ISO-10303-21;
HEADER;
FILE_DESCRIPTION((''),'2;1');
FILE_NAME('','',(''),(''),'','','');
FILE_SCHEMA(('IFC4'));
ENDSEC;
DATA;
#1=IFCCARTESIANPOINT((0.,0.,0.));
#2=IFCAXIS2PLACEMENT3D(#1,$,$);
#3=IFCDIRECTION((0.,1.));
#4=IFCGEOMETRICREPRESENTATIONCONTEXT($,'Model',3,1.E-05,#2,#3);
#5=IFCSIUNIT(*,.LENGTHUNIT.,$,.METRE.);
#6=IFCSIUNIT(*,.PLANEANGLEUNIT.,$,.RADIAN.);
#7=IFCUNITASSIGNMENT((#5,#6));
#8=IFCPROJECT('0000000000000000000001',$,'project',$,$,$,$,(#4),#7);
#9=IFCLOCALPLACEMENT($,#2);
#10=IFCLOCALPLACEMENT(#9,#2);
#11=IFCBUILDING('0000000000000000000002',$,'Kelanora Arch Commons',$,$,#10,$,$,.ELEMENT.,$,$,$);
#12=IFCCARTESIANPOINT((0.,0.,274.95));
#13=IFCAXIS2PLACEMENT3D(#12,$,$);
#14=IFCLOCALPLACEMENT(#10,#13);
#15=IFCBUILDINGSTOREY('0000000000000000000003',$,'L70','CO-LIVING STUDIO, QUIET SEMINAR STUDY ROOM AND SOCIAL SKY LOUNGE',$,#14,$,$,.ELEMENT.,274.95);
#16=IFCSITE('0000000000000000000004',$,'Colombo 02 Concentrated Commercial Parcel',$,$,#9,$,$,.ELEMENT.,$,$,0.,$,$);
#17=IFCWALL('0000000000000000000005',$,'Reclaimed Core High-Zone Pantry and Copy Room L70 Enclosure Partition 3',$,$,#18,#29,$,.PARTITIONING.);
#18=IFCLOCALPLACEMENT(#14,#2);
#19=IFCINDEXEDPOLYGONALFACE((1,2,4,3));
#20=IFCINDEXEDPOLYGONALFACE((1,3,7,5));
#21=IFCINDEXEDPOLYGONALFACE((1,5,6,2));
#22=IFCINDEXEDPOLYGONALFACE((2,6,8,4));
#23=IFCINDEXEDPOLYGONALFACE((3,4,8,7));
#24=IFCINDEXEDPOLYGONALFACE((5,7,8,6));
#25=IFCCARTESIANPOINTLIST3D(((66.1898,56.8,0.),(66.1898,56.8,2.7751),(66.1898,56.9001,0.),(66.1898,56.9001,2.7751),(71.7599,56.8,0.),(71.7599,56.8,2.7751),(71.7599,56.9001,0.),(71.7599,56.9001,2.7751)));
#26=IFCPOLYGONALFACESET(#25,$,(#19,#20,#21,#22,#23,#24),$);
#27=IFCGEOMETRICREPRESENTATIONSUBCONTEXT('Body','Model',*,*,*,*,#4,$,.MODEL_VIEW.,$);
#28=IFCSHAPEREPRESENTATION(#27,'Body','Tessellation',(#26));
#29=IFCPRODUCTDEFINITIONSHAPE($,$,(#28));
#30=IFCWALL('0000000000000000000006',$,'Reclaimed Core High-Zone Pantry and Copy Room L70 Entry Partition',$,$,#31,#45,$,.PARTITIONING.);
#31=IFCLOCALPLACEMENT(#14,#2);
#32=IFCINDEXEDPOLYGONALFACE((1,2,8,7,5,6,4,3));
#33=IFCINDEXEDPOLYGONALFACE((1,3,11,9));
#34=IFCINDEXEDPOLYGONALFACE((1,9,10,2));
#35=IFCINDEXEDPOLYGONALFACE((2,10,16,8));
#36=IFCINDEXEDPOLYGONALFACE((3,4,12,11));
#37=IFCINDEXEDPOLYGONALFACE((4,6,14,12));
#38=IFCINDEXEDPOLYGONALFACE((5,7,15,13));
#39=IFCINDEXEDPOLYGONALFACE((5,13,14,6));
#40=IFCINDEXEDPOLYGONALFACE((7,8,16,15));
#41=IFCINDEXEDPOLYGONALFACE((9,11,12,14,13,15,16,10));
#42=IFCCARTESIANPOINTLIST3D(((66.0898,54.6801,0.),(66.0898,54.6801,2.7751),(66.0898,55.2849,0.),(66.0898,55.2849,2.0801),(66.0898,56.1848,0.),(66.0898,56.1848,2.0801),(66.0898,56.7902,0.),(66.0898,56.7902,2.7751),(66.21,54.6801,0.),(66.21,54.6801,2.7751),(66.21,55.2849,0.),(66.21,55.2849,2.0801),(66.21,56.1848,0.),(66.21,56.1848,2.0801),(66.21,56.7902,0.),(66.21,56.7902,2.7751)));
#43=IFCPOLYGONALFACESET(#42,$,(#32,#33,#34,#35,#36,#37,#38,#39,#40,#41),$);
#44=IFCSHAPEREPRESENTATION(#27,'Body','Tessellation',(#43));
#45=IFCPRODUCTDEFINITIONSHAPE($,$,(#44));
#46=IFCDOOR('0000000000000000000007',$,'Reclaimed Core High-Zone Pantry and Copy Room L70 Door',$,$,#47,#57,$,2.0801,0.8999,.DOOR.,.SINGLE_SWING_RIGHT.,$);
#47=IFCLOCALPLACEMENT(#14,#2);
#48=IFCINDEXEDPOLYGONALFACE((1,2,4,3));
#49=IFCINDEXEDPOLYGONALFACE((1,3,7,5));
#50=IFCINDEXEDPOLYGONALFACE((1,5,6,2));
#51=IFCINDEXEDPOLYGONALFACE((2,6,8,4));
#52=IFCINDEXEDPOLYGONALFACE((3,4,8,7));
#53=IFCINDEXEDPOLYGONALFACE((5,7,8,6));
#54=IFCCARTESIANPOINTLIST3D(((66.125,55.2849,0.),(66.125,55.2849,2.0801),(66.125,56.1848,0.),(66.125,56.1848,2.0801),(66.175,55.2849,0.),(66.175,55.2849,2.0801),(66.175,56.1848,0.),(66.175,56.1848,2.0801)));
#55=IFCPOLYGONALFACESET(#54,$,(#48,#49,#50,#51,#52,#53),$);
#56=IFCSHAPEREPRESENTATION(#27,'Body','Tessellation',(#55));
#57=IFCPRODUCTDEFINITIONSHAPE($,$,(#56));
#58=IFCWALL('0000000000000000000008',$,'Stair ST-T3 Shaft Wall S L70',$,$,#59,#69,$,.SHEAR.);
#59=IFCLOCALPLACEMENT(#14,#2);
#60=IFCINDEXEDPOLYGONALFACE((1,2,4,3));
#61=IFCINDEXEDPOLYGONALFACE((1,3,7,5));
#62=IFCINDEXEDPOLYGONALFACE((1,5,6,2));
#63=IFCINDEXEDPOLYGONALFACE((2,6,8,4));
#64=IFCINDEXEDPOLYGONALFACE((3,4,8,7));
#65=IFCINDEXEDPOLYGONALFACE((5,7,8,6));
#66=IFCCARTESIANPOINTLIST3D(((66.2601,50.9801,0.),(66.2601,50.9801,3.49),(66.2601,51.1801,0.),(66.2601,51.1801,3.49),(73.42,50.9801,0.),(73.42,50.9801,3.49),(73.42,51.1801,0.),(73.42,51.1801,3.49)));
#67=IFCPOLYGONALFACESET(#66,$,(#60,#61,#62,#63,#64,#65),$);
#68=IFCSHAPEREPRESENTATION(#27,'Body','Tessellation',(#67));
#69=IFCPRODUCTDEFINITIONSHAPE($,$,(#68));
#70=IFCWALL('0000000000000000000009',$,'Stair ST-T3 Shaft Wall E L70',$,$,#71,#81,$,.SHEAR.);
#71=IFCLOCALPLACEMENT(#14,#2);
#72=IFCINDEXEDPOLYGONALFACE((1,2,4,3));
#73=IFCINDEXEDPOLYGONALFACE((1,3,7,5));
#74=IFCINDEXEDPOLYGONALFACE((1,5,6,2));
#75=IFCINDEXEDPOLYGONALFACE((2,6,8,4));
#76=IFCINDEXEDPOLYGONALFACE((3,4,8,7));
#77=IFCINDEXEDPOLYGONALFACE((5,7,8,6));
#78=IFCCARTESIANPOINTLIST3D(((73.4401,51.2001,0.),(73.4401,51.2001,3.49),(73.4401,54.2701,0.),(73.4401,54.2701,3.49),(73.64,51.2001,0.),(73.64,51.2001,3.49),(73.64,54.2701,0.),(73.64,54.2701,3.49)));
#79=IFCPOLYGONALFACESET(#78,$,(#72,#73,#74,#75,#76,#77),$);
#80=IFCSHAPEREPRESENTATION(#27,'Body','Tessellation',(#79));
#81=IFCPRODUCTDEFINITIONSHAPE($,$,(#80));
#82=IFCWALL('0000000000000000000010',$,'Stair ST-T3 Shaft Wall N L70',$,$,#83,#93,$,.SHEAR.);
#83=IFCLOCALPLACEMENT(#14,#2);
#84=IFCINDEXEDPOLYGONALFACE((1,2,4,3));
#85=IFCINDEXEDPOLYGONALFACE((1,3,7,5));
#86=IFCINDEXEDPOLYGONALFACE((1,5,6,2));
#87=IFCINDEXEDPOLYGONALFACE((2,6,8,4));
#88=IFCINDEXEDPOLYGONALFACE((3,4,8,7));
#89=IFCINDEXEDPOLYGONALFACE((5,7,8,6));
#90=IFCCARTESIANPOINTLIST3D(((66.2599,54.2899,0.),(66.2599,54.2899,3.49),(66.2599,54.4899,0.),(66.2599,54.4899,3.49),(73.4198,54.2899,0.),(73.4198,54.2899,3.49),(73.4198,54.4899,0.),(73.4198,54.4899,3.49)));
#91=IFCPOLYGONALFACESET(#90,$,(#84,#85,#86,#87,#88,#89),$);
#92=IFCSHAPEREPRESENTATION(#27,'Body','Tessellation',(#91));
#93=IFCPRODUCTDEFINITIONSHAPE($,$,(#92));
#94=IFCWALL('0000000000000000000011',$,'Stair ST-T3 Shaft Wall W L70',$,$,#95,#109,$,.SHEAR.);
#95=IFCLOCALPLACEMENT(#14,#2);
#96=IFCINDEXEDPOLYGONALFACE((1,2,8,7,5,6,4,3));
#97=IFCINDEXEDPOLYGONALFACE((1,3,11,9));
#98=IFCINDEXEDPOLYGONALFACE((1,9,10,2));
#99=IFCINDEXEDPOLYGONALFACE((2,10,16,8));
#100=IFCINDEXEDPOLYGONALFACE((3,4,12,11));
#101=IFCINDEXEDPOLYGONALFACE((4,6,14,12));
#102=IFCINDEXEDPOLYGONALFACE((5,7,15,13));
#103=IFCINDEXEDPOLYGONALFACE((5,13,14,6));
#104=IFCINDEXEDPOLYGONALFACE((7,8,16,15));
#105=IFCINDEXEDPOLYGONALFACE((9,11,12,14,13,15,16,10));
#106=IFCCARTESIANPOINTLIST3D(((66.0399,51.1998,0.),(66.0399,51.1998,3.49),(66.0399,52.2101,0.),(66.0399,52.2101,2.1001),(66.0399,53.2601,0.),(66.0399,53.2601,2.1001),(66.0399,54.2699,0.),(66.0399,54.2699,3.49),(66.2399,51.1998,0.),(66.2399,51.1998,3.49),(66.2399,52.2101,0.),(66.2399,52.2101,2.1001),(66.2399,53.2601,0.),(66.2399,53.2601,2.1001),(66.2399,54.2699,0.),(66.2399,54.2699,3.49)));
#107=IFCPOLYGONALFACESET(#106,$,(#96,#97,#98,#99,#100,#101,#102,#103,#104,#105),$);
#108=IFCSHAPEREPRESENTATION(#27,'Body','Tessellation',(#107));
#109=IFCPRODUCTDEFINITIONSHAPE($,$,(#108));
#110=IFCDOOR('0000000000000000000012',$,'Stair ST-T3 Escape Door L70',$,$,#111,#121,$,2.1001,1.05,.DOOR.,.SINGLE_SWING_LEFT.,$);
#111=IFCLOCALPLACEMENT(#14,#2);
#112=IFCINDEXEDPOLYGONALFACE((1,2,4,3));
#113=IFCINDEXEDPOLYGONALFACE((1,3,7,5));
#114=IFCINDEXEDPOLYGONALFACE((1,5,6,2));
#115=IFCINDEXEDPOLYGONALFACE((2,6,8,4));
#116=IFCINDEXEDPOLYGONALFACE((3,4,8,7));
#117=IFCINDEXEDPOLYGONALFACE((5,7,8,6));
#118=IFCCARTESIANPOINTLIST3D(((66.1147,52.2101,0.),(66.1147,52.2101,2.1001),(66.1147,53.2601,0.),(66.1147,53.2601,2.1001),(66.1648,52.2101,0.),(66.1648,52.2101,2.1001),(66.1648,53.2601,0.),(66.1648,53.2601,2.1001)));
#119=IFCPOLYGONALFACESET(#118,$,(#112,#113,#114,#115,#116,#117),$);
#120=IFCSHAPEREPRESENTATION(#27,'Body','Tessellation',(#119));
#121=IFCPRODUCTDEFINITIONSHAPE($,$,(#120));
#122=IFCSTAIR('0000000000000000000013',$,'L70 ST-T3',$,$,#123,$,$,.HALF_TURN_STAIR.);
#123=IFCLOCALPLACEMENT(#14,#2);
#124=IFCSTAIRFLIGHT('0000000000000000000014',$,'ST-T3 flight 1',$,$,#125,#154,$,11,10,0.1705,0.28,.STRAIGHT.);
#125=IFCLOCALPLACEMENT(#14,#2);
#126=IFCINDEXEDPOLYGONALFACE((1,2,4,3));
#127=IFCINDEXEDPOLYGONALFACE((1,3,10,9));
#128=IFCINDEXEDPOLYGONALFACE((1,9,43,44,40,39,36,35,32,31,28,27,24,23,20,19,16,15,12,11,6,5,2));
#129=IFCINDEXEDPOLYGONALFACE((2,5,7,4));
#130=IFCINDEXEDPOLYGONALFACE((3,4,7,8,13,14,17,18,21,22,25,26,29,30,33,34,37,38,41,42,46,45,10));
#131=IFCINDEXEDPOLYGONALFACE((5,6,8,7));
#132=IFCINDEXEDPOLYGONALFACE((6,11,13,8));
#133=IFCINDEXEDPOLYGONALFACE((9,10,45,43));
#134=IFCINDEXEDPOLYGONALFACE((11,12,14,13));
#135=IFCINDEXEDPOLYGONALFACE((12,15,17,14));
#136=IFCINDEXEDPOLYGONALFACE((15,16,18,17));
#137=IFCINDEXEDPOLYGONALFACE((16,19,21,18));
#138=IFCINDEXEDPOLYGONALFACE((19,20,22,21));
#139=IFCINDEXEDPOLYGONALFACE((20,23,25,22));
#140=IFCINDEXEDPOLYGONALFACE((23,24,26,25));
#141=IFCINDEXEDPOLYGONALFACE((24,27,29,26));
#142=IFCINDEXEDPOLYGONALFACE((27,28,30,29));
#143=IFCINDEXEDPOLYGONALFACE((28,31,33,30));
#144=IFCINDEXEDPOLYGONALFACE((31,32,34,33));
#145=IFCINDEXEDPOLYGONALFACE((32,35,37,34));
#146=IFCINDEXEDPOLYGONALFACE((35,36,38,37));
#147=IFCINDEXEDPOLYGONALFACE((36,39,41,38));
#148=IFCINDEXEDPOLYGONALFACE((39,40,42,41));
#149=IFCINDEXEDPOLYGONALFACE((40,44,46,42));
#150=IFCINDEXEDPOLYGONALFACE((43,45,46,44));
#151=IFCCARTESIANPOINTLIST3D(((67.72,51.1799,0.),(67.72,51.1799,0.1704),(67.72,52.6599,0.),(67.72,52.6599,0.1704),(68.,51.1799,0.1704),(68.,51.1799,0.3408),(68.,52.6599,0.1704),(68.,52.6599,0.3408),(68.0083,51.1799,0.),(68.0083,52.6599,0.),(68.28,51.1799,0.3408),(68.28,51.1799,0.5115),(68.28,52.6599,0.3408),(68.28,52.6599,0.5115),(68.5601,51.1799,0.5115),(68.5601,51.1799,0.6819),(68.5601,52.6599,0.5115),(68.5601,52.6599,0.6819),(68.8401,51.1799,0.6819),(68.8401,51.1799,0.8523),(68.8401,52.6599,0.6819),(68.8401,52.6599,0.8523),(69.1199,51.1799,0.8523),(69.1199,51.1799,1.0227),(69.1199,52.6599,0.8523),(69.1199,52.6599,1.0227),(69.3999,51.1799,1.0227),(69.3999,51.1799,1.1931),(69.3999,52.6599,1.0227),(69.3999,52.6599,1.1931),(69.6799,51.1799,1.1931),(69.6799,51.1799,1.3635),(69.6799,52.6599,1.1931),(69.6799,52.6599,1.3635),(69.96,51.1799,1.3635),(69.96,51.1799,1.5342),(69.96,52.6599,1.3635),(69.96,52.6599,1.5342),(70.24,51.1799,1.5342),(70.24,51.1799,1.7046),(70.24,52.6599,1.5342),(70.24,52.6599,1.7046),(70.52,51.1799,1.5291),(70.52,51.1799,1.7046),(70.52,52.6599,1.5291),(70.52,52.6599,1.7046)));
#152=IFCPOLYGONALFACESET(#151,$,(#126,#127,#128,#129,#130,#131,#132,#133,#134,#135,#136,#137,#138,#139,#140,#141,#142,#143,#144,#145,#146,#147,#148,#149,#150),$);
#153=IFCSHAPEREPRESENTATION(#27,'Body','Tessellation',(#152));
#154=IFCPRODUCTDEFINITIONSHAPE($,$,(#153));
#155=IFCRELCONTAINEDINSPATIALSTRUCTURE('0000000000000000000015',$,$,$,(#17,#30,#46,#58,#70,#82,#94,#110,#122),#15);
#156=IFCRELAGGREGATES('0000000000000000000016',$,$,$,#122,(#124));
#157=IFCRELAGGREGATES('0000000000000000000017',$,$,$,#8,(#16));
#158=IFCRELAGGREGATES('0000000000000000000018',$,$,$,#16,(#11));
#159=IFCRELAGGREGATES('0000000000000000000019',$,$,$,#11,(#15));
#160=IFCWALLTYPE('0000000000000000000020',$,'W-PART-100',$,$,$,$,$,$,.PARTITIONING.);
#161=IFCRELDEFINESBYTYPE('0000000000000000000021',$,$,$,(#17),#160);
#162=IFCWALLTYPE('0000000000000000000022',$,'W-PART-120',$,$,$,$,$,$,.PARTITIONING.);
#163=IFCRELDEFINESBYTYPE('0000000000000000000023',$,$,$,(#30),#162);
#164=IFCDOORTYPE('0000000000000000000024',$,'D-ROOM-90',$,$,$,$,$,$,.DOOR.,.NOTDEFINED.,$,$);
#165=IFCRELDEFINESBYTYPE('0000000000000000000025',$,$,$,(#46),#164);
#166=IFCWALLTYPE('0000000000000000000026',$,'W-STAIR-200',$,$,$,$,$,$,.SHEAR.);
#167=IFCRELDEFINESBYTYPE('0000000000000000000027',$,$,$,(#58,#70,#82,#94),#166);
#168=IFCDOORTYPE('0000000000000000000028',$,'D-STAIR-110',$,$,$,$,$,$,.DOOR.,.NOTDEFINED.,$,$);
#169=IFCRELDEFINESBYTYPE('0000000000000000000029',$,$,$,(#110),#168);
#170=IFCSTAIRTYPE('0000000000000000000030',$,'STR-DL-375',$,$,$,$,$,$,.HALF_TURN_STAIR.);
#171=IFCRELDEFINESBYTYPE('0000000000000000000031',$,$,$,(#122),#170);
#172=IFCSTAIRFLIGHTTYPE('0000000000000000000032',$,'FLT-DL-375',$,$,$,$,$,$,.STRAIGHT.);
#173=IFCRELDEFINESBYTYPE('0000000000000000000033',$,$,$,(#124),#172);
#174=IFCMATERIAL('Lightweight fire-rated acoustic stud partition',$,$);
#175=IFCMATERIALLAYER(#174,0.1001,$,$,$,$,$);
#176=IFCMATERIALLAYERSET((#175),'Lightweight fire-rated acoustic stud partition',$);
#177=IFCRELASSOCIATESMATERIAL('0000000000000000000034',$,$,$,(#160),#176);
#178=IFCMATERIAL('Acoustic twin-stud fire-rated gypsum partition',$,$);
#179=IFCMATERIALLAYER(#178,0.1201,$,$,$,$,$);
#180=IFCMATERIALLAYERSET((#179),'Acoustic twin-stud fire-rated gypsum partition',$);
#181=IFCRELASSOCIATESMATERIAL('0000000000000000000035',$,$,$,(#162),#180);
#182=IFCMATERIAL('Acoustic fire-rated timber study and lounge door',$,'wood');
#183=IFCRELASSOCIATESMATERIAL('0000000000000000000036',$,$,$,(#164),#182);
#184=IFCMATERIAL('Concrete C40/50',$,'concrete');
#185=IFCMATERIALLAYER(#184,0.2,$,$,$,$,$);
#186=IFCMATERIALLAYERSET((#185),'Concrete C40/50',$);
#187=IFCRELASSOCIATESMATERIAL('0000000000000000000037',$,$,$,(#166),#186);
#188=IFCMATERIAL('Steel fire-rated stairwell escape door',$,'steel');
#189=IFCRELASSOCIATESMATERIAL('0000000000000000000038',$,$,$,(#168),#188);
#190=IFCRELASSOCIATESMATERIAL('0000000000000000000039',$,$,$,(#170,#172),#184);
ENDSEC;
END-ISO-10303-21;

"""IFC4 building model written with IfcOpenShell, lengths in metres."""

from ifc_helpers import new_model, si_unit, direction, frame, frame_2d, origin, place, context, subcontext, project, spatial, polyline, rectangle, outline, extrude, material, layer, layer_set, type_object, element, fill, aggregate, save


model = new_model("IFC4")

# Units and contexts
model_context = context("Model", 3, precision=1e-05, world=origin(), true_north=direction((0.0, 1.0)))
body_context = subcontext(model_context, "Body", "Model", "MODEL_VIEW")
ifc_project = project(units=[si_unit("LENGTHUNIT", "METRE"), si_unit("PLANEANGLEUNIT", "RADIAN")], contexts=[model_context])

# Site, building, storey
site_placement = place(None, origin())
site = spatial("IfcSite", under=ifc_project, at=site_placement, Name="Colombo 02 Concentrated Commercial Parcel", CompositionType="ELEMENT", RefElevation=0.0)
building_placement = place(site_placement, origin())
building = spatial("IfcBuilding", under=site, at=building_placement, Name="Kelanora Arch Commons", CompositionType="ELEMENT")
storey_placement = place(building_placement, frame((0.0, 0.0, 274.95)))
storey = spatial("IfcBuildingStorey", under=building, at=storey_placement, Name="L70", Description="CO-LIVING STUDIO, QUIET SEMINAR STUDY ROOM AND SOCIAL SKY LOUNGE", CompositionType="ELEMENT", Elevation=274.95)

# Shared definitions
ifc_material_1 = material(Name="Concrete C40/50", Category="concrete")

# Wall
ifc_material_2 = material(Name="Lightweight fire-rated acoustic stud partition")
ifc_layer_1 = layer(ifc_material_2, 0.1001)
ifc_layer_set_1 = layer_set([ifc_layer_1], Name="Lightweight fire-rated acoustic stud partition")
wall_type_1 = type_object("IfcWallType", Name="W-PART-100", PredefinedType="PARTITIONING", material=ifc_layer_set_1)
wall_1_placement = place(storey_placement, frame((71.76, 56.8501, 0.0), z_axis=(0.0, 0.0, 1.0), x_axis=(-1.0, 0.0, 0.0)))
element("IfcWall", 1, at=wall_1_placement, inside=storey, type_object=wall_type_1, Name="Reclaimed Core High-Zone Pantry and Copy Room L70 Enclosure Partition 3", PredefinedType="PARTITIONING", context=body_context, shape_type="SweptSolid", body=[
    extrude(rectangle(XDim=5.5701, YDim=0.1001, at=frame_2d((2.7852, 0.0))), origin(), (0.0, 0.0, 1.0), 2.7751),
])

# Wall, opening, door
ifc_material_3 = material(Name="Acoustic twin-stud fire-rated gypsum partition")
ifc_layer_2 = layer(ifc_material_3, 0.1201)
ifc_layer_set_2 = layer_set([ifc_layer_2], Name="Acoustic twin-stud fire-rated gypsum partition")
wall_type_2 = type_object("IfcWallType", Name="W-PART-120", PredefinedType="PARTITIONING", material=ifc_layer_set_2)
wall_2_placement = place(storey_placement, frame((66.1499, 54.6799, 0.0), z_axis=(0.0, 0.0, 1.0), x_axis=(0.0, 1.0, 0.0)))
wall_2 = element("IfcWall", 2, at=wall_2_placement, inside=storey, type_object=wall_type_2, Name="Reclaimed Core High-Zone Pantry and Copy Room L70 Entry Partition", PredefinedType="PARTITIONING", context=body_context, shape_type="SweptSolid", body=[
    extrude(rectangle(XDim=2.1101, YDim=0.1201, at=frame_2d((1.0552, 0.0))), origin(), (0.0, 0.0, 1.0), 2.7751),
])
opening_1_placement = place(wall_2_placement, frame((0.605, 0.0, 0.0)))
opening_1 = element("IfcOpeningElement", 3, at=opening_1_placement, cuts=wall_2, PredefinedType="OPENING", context=body_context, shape_type="SweptSolid", body=[
    extrude(rectangle(XDim=0.8999, YDim=2.0801, at=frame_2d((0.45, 1.04))), frame((0.0, 0.0701, 0.0), z_axis=(0.0, -1.0, 0.0), x_axis=(1.0, 0.0, 0.0)), (0.0, 0.0, 1.0), 0.1401),
])
ifc_material_4 = material(Name="Acoustic fire-rated timber study and lounge door", Category="wood")
door_type_1 = type_object("IfcDoorType", Name="D-ROOM-90", OperationType="NOTDEFINED", PredefinedType="DOOR", material=ifc_material_4)
door_1_placement = place(opening_1_placement, origin())
door_1 = element("IfcDoor", 4, at=door_1_placement, inside=storey, type_object=door_type_1, Name="Reclaimed Core High-Zone Pantry and Copy Room L70 Door", OperationType="SINGLE_SWING_RIGHT", OverallHeight=2.0801, OverallWidth=0.8999, PredefinedType="DOOR", context=body_context, shape_type="SweptSolid", body=[
    extrude(rectangle(XDim=0.8999, YDim=2.0801, at=frame_2d((0.45, 1.04))), frame((0.0, 0.0249, 0.0), z_axis=(0.0, -1.0, 0.0), x_axis=(1.0, 0.0, 0.0)), (0.0, 0.0, 1.0), 0.05),
])
fill(opening_1, door_1)

# Walls
ifc_layer_3 = layer(ifc_material_1, 0.2)
ifc_layer_set_3 = layer_set([ifc_layer_3], Name="Concrete C40/50")
wall_type_3 = type_object("IfcWallType", Name="W-STAIR-200", PredefinedType="SHEAR", material=ifc_layer_set_3)
wall_3_placement = place(storey_placement, frame((66.26, 51.0801, 0.0), z_axis=(0.0, 0.0, 1.0), x_axis=(1.0, 0.0, 0.0)))
element("IfcWall", 5, at=wall_3_placement, inside=storey, type_object=wall_type_3, Name="Stair ST-T3 Shaft Wall S L70", PredefinedType="SHEAR", context=body_context, shape_type="SweptSolid", body=[
    extrude(rectangle(XDim=7.1599, YDim=0.2, at=frame_2d((3.5801, 0.0))), origin(), (0.0, 0.0, 1.0), 3.49),
])
wall_4_placement = place(storey_placement, frame((73.54, 51.2, 0.0), z_axis=(0.0, 0.0, 1.0), x_axis=(0.0, 1.0, 0.0)))
element("IfcWall", 6, at=wall_4_placement, inside=storey, type_object=wall_type_3, Name="Stair ST-T3 Shaft Wall E L70", PredefinedType="SHEAR", context=body_context, shape_type="SweptSolid", body=[
    extrude(rectangle(XDim=3.0701, YDim=0.2, at=frame_2d((1.5352, 0.0))), origin(), (0.0, 0.0, 1.0), 3.49),
])
wall_5_placement = place(storey_placement, frame((73.4199, 54.3899, 0.0), z_axis=(0.0, 0.0, 1.0), x_axis=(-1.0, 0.0, 0.0)))
element("IfcWall", 7, at=wall_5_placement, inside=storey, type_object=wall_type_3, Name="Stair ST-T3 Shaft Wall N L70", PredefinedType="SHEAR", context=body_context, shape_type="SweptSolid", body=[
    extrude(rectangle(XDim=7.1599, YDim=0.2, at=frame_2d((3.5801, 0.0))), origin(), (0.0, 0.0, 1.0), 3.49),
])

# Wall, opening, door
wall_6_placement = place(storey_placement, frame((66.1399, 54.27, 0.0), z_axis=(0.0, 0.0, 1.0), x_axis=(0.0, -1.0, 0.0)))
wall_6 = element("IfcWall", 8, at=wall_6_placement, inside=storey, type_object=wall_type_3, Name="Stair ST-T3 Shaft Wall W L70", PredefinedType="SHEAR", context=body_context, shape_type="SweptSolid", body=[
    extrude(rectangle(XDim=3.0701, YDim=0.2, at=frame_2d((1.5352, 0.0))), origin(), (0.0, 0.0, 1.0), 3.49),
])
opening_2_placement = place(wall_6_placement, frame((1.01, 0.0, 0.0)))
opening_2 = element("IfcOpeningElement", 9, at=opening_2_placement, cuts=wall_6, PredefinedType="OPENING", context=body_context, shape_type="SweptSolid", body=[
    extrude(rectangle(XDim=1.05, YDim=2.1001, at=frame_2d((0.5249, 1.05))), frame((0.0, 0.1099, 0.0), z_axis=(0.0, -1.0, 0.0), x_axis=(1.0, 0.0, 0.0)), (0.0, 0.0, 1.0), 0.22),
])
ifc_material_5 = material(Name="Steel fire-rated stairwell escape door", Category="steel")
door_type_2 = type_object("IfcDoorType", Name="D-STAIR-110", OperationType="NOTDEFINED", PredefinedType="DOOR", material=ifc_material_5)
door_2_placement = place(opening_2_placement, origin())
door_2 = element("IfcDoor", 10, at=door_2_placement, inside=storey, type_object=door_type_2, Name="Stair ST-T3 Escape Door L70", OperationType="SINGLE_SWING_LEFT", OverallHeight=2.1001, OverallWidth=1.05, PredefinedType="DOOR", context=body_context, shape_type="SweptSolid", body=[
    extrude(rectangle(XDim=1.05, YDim=2.1001, at=frame_2d((0.5249, 1.05))), frame((0.0, 0.0249, 0.0), z_axis=(0.0, -1.0, 0.0), x_axis=(1.0, 0.0, 0.0)), (0.0, 0.0, 1.0), 0.05),
])
fill(opening_2, door_2)

# Stair, stair flight
stair_type = type_object("IfcStairType", Name="STR-DL-375", PredefinedType="HALF_TURN_STAIR", material=ifc_material_1)
stair_placement = place(storey_placement, origin())
stair = element("IfcStair", 11, at=stair_placement, inside=storey, type_object=stair_type, Name="L70 ST-T3", PredefinedType="HALF_TURN_STAIR")
stair_flight_type = type_object("IfcStairFlightType", Name="FLT-DL-375", PredefinedType="STRAIGHT", material=ifc_material_1)
stair_flight_1_placement = place(storey_placement, frame((67.72, 51.9199, 0.0), z_axis=(0.0, 0.0, 1.0), x_axis=(1.0, 0.0, 0.0)))
stair_flight_1 = element("IfcStairFlight", 12, at=stair_flight_1_placement, type_object=stair_flight_type, Name="ST-T3 flight 1", NumberOfRisers=11, NumberOfTreads=10, PredefinedType="STRAIGHT", RiserHeight=0.1705, TreadLength=0.28, context=body_context, shape_type="SweptSolid", body=[
    extrude(outline(polyline([(0.0, 0.0), (0.0, 0.1704), (0.28, 0.1704), (0.28, 0.3408), (0.5601, 0.3408), (0.5601, 0.5115), (0.8401, 0.5115), (0.8401, 0.6819), (1.1201, 0.6819), (1.1201, 0.8523), (1.3999, 0.8523), (1.3999, 1.0227), (1.6799, 1.0227), (1.6799, 1.1931), (1.96, 1.1931), (1.96, 1.3635), (2.24, 1.3635), (2.24, 1.5342), (2.52, 1.5342), (2.52, 1.7046), (2.8, 1.7046), (2.8, 1.875), (2.8, 1.5291), (0.2883, 0.0), (0.0, 0.0)])), frame((0.0, 0.74, 0.0), z_axis=(0.0, -1.0, 0.0), x_axis=(1.0, 0.0, 0.0)), (0.0, 0.0, 1.0), 1.48),
])
aggregate(stair, [stair_flight_1])

save(model, "model.ifc")
